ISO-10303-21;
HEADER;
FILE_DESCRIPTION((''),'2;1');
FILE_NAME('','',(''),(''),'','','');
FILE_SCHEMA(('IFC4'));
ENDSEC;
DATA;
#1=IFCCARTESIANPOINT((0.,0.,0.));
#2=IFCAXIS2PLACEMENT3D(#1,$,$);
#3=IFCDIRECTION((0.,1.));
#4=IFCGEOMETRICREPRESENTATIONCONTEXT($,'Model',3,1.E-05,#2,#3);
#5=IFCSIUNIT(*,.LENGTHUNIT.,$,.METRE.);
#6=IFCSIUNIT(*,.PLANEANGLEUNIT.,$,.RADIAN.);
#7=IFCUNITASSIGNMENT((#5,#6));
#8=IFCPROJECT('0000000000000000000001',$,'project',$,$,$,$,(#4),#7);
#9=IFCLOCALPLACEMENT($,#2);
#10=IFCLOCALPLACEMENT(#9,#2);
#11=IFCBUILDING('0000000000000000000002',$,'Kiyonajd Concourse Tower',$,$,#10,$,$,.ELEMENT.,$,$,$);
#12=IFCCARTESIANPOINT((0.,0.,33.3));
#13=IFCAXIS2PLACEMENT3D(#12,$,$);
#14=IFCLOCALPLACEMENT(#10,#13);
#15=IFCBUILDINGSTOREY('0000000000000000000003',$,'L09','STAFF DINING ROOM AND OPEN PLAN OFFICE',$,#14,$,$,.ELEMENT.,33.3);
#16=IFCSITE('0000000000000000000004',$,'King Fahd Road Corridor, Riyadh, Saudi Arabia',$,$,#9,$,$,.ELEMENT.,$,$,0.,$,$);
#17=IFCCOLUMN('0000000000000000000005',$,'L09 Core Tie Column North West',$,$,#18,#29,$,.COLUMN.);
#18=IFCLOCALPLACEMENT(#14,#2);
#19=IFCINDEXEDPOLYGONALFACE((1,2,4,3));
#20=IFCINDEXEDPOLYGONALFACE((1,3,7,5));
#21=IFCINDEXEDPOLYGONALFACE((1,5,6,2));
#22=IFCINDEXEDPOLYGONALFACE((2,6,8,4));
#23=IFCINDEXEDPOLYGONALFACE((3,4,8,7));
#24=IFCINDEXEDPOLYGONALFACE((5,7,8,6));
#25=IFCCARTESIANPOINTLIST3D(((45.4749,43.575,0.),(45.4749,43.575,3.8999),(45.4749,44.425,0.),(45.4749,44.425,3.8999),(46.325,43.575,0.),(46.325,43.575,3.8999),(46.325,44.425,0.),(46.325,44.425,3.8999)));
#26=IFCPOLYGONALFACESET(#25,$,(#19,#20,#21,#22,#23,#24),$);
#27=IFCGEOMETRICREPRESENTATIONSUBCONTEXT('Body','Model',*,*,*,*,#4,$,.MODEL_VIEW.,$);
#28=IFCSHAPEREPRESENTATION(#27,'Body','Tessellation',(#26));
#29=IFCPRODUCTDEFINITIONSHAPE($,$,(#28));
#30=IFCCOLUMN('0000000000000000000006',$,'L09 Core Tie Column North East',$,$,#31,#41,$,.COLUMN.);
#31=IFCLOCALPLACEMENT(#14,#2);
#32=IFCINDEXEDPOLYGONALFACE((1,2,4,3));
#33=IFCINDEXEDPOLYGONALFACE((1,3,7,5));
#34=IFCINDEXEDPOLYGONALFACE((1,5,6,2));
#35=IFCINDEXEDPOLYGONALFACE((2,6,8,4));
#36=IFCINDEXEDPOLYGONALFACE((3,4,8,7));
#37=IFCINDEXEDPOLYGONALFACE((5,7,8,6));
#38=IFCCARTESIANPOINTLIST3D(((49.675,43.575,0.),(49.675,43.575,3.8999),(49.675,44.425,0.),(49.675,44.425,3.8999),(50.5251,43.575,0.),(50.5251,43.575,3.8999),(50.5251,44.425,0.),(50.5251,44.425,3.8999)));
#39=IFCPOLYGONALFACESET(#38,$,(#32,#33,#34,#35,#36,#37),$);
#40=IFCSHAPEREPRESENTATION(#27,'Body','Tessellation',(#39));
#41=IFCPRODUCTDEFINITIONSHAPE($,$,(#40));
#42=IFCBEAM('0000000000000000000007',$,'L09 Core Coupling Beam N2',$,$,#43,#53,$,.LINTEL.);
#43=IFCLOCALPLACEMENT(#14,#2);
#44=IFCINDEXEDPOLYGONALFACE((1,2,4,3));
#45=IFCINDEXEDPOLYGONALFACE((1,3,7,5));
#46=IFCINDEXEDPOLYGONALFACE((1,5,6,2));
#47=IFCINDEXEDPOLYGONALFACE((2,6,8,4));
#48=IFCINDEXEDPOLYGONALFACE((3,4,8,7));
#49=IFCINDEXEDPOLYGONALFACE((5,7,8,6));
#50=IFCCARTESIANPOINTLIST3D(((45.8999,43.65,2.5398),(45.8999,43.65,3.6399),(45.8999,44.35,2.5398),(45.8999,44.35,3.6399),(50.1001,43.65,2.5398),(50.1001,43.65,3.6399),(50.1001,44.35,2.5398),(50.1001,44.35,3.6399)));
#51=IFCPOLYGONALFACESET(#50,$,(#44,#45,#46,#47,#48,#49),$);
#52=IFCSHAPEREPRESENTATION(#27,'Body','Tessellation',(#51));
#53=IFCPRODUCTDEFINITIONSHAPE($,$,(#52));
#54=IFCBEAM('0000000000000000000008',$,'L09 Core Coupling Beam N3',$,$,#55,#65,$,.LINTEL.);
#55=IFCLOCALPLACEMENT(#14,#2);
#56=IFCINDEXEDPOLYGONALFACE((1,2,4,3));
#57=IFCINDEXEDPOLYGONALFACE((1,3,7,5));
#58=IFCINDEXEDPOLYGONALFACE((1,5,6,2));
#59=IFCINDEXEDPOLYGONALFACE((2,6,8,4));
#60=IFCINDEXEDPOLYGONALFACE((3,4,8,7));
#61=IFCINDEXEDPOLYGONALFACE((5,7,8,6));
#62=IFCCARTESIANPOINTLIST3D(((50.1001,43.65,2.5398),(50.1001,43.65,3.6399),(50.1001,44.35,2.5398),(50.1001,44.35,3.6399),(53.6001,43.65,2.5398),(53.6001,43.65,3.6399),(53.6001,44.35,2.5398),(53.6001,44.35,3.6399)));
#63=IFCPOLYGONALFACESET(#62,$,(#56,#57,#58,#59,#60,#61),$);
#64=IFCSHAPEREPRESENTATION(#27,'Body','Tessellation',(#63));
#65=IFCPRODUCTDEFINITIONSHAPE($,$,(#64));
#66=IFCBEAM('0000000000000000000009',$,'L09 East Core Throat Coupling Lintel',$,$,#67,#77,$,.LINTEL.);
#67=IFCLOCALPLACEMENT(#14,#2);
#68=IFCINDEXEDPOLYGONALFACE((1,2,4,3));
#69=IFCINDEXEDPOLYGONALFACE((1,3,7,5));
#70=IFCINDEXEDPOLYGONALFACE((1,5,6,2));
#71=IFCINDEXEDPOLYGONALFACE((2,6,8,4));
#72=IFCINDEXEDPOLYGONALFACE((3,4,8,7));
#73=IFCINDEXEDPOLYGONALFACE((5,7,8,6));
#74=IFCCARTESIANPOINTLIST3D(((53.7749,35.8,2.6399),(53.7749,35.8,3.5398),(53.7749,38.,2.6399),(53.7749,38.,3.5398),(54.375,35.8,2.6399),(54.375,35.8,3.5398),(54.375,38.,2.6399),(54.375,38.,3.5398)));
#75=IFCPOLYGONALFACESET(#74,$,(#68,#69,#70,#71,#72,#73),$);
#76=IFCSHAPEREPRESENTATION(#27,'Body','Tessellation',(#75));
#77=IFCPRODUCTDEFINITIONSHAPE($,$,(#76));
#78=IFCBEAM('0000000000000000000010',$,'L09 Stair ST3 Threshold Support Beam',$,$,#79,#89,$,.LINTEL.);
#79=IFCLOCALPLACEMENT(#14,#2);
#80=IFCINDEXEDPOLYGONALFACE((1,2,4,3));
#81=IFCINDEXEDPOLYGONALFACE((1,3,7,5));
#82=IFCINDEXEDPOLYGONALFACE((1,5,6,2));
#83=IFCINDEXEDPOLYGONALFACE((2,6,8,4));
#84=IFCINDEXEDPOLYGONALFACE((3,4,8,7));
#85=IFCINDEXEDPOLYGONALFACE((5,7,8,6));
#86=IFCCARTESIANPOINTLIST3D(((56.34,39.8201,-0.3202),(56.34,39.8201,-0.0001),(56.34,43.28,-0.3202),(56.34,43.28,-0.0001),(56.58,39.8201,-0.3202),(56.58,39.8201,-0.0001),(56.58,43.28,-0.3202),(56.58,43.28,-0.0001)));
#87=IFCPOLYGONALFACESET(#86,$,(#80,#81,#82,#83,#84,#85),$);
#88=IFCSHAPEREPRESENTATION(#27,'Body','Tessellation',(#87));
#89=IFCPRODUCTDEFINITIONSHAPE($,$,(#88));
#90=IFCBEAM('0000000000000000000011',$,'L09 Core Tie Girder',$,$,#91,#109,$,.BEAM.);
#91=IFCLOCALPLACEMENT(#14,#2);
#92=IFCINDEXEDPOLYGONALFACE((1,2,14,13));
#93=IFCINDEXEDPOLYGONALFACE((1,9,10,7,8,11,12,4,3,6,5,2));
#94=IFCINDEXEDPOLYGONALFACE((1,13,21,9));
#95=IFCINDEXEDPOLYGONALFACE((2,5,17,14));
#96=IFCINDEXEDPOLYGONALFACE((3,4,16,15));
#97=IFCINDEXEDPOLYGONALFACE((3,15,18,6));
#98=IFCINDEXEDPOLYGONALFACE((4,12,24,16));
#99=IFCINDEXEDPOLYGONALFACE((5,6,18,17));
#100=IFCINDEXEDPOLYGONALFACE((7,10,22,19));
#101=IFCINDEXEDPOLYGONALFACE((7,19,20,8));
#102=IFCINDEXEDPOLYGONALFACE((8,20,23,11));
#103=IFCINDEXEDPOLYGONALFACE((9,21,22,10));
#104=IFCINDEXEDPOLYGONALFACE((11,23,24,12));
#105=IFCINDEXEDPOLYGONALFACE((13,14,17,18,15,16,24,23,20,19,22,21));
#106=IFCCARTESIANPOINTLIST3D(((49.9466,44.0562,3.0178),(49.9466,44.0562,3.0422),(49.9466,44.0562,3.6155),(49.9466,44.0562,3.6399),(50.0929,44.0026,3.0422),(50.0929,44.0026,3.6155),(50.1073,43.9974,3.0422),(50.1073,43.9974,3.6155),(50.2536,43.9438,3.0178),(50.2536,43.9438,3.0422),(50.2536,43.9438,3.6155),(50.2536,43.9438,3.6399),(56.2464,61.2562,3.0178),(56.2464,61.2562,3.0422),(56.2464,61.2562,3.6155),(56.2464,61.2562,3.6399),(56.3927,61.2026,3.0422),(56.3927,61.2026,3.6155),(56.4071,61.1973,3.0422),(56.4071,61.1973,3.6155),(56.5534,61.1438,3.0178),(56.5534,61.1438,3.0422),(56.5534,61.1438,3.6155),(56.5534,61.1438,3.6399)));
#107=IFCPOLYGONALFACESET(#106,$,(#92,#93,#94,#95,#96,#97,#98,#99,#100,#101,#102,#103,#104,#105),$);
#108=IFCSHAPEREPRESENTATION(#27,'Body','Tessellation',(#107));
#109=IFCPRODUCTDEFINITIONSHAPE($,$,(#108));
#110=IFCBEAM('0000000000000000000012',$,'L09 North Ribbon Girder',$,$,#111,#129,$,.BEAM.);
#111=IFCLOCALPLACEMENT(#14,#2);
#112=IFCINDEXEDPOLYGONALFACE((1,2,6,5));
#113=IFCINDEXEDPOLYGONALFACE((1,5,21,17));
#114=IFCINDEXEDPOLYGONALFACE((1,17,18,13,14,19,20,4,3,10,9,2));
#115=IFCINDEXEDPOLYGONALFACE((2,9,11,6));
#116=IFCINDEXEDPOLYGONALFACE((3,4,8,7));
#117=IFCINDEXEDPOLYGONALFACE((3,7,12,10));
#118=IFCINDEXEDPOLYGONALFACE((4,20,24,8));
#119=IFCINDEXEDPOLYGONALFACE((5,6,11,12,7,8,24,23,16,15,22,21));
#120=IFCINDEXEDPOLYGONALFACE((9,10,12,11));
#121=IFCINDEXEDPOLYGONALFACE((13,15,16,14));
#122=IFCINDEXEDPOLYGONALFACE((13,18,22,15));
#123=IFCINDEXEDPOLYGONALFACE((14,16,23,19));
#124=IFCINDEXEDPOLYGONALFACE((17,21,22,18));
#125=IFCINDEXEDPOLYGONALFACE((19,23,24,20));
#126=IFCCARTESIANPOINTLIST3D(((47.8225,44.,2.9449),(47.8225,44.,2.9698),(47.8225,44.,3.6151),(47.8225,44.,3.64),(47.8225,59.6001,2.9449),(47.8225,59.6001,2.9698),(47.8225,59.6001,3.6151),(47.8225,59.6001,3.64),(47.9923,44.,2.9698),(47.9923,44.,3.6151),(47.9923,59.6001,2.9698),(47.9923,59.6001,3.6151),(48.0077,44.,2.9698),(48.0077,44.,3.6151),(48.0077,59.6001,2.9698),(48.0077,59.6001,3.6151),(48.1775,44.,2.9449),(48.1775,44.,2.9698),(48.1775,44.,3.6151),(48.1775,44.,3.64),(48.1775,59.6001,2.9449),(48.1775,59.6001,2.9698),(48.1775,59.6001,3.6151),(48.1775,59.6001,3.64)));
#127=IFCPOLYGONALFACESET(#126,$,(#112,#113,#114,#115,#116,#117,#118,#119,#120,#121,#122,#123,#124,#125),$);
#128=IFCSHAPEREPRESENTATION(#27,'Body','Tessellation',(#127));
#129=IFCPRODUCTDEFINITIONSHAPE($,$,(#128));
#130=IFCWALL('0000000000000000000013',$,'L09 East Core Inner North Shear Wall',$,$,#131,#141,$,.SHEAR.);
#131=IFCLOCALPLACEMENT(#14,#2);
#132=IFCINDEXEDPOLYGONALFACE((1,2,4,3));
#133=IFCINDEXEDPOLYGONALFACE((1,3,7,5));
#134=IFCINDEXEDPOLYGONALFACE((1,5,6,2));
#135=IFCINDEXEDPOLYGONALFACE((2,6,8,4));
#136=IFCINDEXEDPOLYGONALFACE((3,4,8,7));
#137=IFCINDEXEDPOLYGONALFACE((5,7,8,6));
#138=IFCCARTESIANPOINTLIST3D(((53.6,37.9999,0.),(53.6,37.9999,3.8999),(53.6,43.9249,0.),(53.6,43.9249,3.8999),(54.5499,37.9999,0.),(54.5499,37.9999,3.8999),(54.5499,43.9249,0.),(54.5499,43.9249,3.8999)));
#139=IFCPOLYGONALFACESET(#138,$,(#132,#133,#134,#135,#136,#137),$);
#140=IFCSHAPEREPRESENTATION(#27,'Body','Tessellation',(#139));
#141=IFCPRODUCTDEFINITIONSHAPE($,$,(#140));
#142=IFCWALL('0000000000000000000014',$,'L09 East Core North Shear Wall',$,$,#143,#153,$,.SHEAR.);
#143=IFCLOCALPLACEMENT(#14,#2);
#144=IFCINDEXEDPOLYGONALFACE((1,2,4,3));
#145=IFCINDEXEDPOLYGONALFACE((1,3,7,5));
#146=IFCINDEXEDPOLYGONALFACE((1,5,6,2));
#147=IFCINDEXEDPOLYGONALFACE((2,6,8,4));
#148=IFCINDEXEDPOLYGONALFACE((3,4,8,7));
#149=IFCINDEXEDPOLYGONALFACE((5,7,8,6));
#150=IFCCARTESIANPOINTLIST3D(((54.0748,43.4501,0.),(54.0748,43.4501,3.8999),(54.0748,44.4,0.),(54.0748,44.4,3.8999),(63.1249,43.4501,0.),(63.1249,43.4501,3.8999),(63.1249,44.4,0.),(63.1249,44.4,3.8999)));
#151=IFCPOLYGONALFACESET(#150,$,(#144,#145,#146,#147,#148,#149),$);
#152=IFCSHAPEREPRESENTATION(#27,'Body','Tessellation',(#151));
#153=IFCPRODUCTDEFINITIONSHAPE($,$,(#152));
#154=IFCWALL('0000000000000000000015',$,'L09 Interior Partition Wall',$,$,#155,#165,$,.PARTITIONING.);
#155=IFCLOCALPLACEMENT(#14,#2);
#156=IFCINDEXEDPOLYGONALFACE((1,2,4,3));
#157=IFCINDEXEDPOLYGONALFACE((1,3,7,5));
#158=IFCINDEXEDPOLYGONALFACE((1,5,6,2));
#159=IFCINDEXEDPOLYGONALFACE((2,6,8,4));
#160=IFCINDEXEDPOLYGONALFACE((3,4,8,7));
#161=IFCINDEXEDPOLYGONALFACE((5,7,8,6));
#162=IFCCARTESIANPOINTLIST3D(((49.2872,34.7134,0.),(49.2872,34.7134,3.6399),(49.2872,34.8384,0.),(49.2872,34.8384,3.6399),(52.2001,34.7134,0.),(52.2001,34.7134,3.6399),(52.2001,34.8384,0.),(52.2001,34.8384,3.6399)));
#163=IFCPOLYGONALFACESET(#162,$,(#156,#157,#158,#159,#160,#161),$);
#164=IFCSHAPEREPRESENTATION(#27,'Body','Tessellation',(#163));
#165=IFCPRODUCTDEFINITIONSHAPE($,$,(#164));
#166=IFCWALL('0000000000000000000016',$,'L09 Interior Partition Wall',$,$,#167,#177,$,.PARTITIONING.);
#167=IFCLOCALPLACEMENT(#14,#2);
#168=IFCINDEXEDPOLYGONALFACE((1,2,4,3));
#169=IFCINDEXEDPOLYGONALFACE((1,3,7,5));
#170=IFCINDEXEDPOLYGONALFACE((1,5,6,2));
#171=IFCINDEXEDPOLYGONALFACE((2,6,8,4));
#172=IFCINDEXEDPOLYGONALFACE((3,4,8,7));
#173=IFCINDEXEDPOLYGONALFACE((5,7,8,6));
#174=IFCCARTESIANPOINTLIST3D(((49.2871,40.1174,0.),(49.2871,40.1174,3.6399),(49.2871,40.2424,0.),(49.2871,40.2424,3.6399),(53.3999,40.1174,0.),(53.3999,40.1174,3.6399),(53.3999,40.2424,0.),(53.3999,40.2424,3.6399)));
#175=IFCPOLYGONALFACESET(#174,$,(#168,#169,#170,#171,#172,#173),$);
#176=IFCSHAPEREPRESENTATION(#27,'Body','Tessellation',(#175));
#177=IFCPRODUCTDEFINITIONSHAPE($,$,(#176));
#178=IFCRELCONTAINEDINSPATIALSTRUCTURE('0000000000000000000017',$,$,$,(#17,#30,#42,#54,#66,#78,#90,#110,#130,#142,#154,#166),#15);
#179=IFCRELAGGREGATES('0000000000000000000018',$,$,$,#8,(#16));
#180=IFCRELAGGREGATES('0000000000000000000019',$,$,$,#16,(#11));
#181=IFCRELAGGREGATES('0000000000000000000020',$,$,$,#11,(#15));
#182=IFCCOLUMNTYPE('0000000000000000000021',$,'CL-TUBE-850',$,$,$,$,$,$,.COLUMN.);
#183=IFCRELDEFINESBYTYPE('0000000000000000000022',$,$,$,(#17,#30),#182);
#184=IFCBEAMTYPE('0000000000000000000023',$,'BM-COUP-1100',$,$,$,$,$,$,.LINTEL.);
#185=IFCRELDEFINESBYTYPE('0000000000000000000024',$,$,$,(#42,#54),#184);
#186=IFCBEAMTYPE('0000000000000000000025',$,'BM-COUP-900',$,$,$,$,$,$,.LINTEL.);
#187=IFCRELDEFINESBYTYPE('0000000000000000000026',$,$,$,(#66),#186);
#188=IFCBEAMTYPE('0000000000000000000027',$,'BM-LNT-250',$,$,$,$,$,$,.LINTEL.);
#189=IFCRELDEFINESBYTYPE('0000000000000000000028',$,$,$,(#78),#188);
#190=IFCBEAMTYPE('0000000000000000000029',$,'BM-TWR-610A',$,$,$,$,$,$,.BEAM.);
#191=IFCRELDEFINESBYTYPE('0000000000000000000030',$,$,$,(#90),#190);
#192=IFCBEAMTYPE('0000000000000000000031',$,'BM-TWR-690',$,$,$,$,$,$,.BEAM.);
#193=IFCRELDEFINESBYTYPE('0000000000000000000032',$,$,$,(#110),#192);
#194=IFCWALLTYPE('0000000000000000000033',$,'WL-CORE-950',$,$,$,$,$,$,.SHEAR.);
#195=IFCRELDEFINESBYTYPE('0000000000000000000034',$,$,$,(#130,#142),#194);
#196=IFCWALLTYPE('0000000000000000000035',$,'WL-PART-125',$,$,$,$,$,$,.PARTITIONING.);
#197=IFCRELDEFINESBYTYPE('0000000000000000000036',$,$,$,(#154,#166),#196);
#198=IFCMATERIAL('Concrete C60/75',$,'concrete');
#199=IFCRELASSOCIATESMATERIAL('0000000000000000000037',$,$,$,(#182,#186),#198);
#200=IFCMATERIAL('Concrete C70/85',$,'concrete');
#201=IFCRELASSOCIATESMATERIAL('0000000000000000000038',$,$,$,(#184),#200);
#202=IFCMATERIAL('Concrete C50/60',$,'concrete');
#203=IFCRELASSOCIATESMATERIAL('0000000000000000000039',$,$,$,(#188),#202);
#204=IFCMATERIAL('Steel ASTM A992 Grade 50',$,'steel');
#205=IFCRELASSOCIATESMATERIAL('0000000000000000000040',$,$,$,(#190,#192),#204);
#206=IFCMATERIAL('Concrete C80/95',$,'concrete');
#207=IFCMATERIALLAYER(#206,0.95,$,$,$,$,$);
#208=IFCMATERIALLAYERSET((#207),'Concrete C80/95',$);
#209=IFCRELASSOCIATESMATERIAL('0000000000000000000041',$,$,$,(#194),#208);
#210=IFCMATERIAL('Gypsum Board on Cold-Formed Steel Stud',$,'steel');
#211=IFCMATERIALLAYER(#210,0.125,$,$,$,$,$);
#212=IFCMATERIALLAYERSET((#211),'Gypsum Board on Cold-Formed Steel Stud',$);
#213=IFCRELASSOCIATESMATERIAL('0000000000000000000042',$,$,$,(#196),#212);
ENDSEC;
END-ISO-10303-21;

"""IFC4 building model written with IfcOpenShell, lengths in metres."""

from ifc_helpers import new_model, si_unit, direction, frame, frame_2d, origin, origin_2d, place, context, subcontext, project, spatial, rectangle, i_section, extrude, material, layer, layer_set, material_profile, profile_set, type_object, element, save


model = new_model("IFC4")

# Units and contexts
model_context = context("Model", 3, precision=1e-05, world=origin(), true_north=direction((0.0, 1.0)))
body_context = subcontext(model_context, "Body", "Model", "MODEL_VIEW")
ifc_project = project(units=[si_unit("LENGTHUNIT", "METRE"), si_unit("PLANEANGLEUNIT", "RADIAN")], contexts=[model_context])

# Site, building, storey
site_placement = place(None, origin())
site = spatial("IfcSite", under=ifc_project, at=site_placement, Name="King Fahd Road Corridor, Riyadh, Saudi Arabia", CompositionType="ELEMENT", RefElevation=0.0)
building_placement = place(site_placement, origin())
building = spatial("IfcBuilding", under=site, at=building_placement, Name="Kiyonajd Concourse Tower", CompositionType="ELEMENT")
storey_placement = place(building_placement, frame((0.0, 0.0, 33.3)))
storey = spatial("IfcBuildingStorey", under=building, at=storey_placement, Name="L09", Description="STAFF DINING ROOM AND OPEN PLAN OFFICE", CompositionType="ELEMENT", Elevation=33.3)

# Columns
ifc_material_1 = material(Name="Concrete C60/75", Category="concrete")
ifc_material_profile_1 = material_profile(ifc_material_1, rectangle(XDim=0.8501, YDim=0.8501, at=origin_2d()), Name="RC-850x850")
ifc_profile_set_1 = profile_set([ifc_material_profile_1], Name="Concrete C60/75")
column_type = type_object("IfcColumnType", Name="CL-TUBE-850", PredefinedType="COLUMN", material=ifc_profile_set_1)
for number, where, z_axis, x_axis, name in (
    (1, (45.8999, 44.0, 0.0), (0.0, 0.0, 1.0), (1.0, 0.0, 0.0), "L09 Core Tie Column North West"),
    (2, (50.1001, 44.0, 0.0), (0.0, 0.0, 1.0), (1.0, 0.0, 0.0), "L09 Core Tie Column North East"),
):
    element("IfcColumn", number, at=place(storey_placement, frame(where, z_axis=z_axis, x_axis=x_axis)), inside=storey, type_object=column_type, Name=name, PredefinedType="COLUMN", context=body_context, shape_type="SweptSolid", body=[
        extrude(rectangle(XDim=0.8501, YDim=0.8501, at=origin_2d()), origin(), (0.0, 0.0, 1.0), 3.8999),
    ])

# Beams
ifc_material_2 = material(Name="Concrete C70/85", Category="concrete")
ifc_material_profile_2 = material_profile(ifc_material_2, rectangle(XDim=0.7, YDim=1.1001, at=origin_2d()), Name="RCBM-700x1100")
ifc_profile_set_2 = profile_set([ifc_material_profile_2], Name="Concrete C70/85")
beam_type_1 = type_object("IfcBeamType", Name="BM-COUP-1100", PredefinedType="LINTEL", material=ifc_profile_set_2)
beam_1_placement = place(storey_placement, frame((45.8999, 44.0, 3.0898), z_axis=(1.0, 0.0, 0.0), x_axis=(0.0, 1.0, 0.0)))
element("IfcBeam", 3, at=beam_1_placement, inside=storey, type_object=beam_type_1, Name="L09 Core Coupling Beam N2", PredefinedType="LINTEL", context=body_context, shape_type="SweptSolid", body=[
    extrude(rectangle(XDim=0.7, YDim=1.1001, at=origin_2d()), origin(), (0.0, 0.0, 1.0), 4.2002),
])
beam_2_placement = place(storey_placement, frame((50.1001, 44.0, 3.0898), z_axis=(1.0, 0.0, 0.0), x_axis=(0.0, 1.0, 0.0)))
element("IfcBeam", 4, at=beam_2_placement, inside=storey, type_object=beam_type_1, Name="L09 Core Coupling Beam N3", PredefinedType="LINTEL", context=body_context, shape_type="SweptSolid", body=[
    extrude(rectangle(XDim=0.7, YDim=1.1001, at=origin_2d()), origin(), (0.0, 0.0, 1.0), 3.5),
])
ifc_material_profile_3 = material_profile(ifc_material_1, rectangle(XDim=0.6001, YDim=0.8999, at=origin_2d()), Name="RCBM-600x900")
ifc_profile_set_3 = profile_set([ifc_material_profile_3], Name="Concrete C60/75")
beam_type_2 = type_object("IfcBeamType", Name="BM-COUP-900", PredefinedType="LINTEL", material=ifc_profile_set_3)
beam_3_placement = place(storey_placement, frame((54.075, 35.8, 3.0898), z_axis=(0.0, 1.0, 0.0), x_axis=(-1.0, 0.0, 0.0)))
element("IfcBeam", 5, at=beam_3_placement, inside=storey, type_object=beam_type_2, Name="L09 East Core Throat Coupling Lintel", PredefinedType="LINTEL", context=body_context, shape_type="SweptSolid", body=[
    extrude(rectangle(XDim=0.6001, YDim=0.8999, at=origin_2d()), origin(), (0.0, 0.0, 1.0), 2.2),
])
ifc_material_3 = material(Name="Concrete C50/60", Category="concrete")
ifc_material_profile_4 = material_profile(ifc_material_3, rectangle(XDim=0.24, YDim=0.3201, at=origin_2d()), Name="RCBM-240x320")
ifc_profile_set_4 = profile_set([ifc_material_profile_4], Name="Concrete C50/60")
beam_type_3 = type_object("IfcBeamType", Name="BM-LNT-250", PredefinedType="LINTEL", material=ifc_profile_set_4)
beam_4_placement = place(storey_placement, frame((56.46, 39.8201, -0.1602), z_axis=(0.0, 1.0, 0.0), x_axis=(-1.0, 0.0, 0.0)))
element("IfcBeam", 6, at=beam_4_placement, inside=storey, type_object=beam_type_3, Name="L09 Stair ST3 Threshold Support Beam", PredefinedType="LINTEL", context=body_context, shape_type="SweptSolid", body=[
    extrude(rectangle(XDim=0.24, YDim=0.3201, at=origin_2d()), origin(), (0.0, 0.0, 1.0), 3.46),
])
ifc_material_4 = material(Name="Steel ASTM A992 Grade 50", Category="steel")
ifc_material_profile_5 = material_profile(ifc_material_4, i_section(OverallWidth=0.3269, OverallDepth=0.6221, WebThickness=0.0154, FlangeThickness=0.0244, at=origin_2d()), Name="W610X195")
ifc_profile_set_5 = profile_set([ifc_material_profile_5], Name="Steel ASTM A992 Grade 50")
beam_type_4 = type_object("IfcBeamType", Name="BM-TWR-610A", PredefinedType="BEAM", material=ifc_profile_set_5)
beam_5_placement = place(storey_placement, frame((50.1001, 44.0, 3.3289), z_axis=(0.343925, 0.938997, 0.0), x_axis=(-0.938997, 0.343925, 0.0)))
element("IfcBeam", 7, at=beam_5_placement, inside=storey, type_object=beam_type_4, Name="L09 Core Tie Girder", PredefinedType="BEAM", context=body_context, shape_type="SweptSolid", body=[
    extrude(i_section(OverallWidth=0.3269, OverallDepth=0.6221, WebThickness=0.0154, FlangeThickness=0.0244, at=origin_2d()), origin(), (0.0, 0.0, 1.0), 18.3174),
])
ifc_material_profile_6 = material_profile(ifc_material_4, i_section(OverallWidth=0.355, OverallDepth=0.6951, WebThickness=0.0154, FlangeThickness=0.0249, at=origin_2d()), Name="W690X217")
ifc_profile_set_6 = profile_set([ifc_material_profile_6], Name="Steel ASTM A992 Grade 50")
beam_type_5 = type_object("IfcBeamType", Name="BM-TWR-690", PredefinedType="BEAM", material=ifc_profile_set_6)
beam_6_placement = place(storey_placement, frame((48.0, 44.0, 3.2925), z_axis=(0.0, 1.0, 0.0), x_axis=(-1.0, 0.0, 0.0)))
element("IfcBeam", 8, at=beam_6_placement, inside=storey, type_object=beam_type_5, Name="L09 North Ribbon Girder", PredefinedType="BEAM", context=body_context, shape_type="SweptSolid", body=[
    extrude(i_section(OverallWidth=0.355, OverallDepth=0.6951, WebThickness=0.0154, FlangeThickness=0.0249, at=origin_2d()), origin(), (0.0, 0.0, 1.0), 15.6001),
])

# Walls
ifc_material_5 = material(Name="Concrete C80/95", Category="concrete")
ifc_layer_1 = layer(ifc_material_5, 0.95)
ifc_layer_set_1 = layer_set([ifc_layer_1], Name="Concrete C80/95")
wall_type_1 = type_object("IfcWallType", Name="WL-CORE-950", PredefinedType="SHEAR", material=ifc_layer_set_1)
wall_1_placement = place(storey_placement, frame((54.075, 38.0, 0.0), z_axis=(0.0, 0.0, 1.0), x_axis=(0.0, 1.0, 0.0)))
element("IfcWall", 9, at=wall_1_placement, inside=storey, type_object=wall_type_1, Name="L09 East Core Inner North Shear Wall", PredefinedType="SHEAR", context=body_context, shape_type="SweptSolid", body=[
    extrude(rectangle(XDim=5.925, YDim=0.95, at=frame_2d((2.9624, 0.0))), origin(), (0.0, 0.0, 1.0), 3.8999),
])
wall_2_placement = place(storey_placement, frame((54.075, 43.925, 0.0), z_axis=(0.0, 0.0, 1.0), x_axis=(1.0, 0.0, 0.0)))
element("IfcWall", 10, at=wall_2_placement, inside=storey, type_object=wall_type_1, Name="L09 East Core North Shear Wall", PredefinedType="SHEAR", context=body_context, shape_type="SweptSolid", body=[
    extrude(rectangle(XDim=9.05, YDim=0.95, at=frame_2d((4.5249, 0.0))), origin(), (0.0, 0.0, 1.0), 3.8999),
])
ifc_material_6 = material(Name="Gypsum Board on Cold-Formed Steel Stud", Category="steel")
ifc_layer_2 = layer(ifc_material_6, 0.125)
ifc_layer_set_2 = layer_set([ifc_layer_2], Name="Gypsum Board on Cold-Formed Steel Stud")
wall_type_2 = type_object("IfcWallType", Name="WL-PART-125", PredefinedType="PARTITIONING", material=ifc_layer_set_2)
wall_3_placement = place(storey_placement, frame((49.2871, 34.7759, 0.0), z_axis=(0.0, 0.0, 1.0), x_axis=(1.0, 0.0, 0.0)))
element("IfcWall", 11, at=wall_3_placement, inside=storey, type_object=wall_type_2, Name="L09 Interior Partition Wall", PredefinedType="PARTITIONING", context=body_context, shape_type="SweptSolid", body=[
    extrude(rectangle(XDim=2.9128, YDim=0.125, at=frame_2d((1.4565, 0.0))), origin(), (0.0, 0.0, 1.0), 3.6399),
])
wall_4_placement = place(storey_placement, frame((49.2871, 40.1799, 0.0), z_axis=(0.0, 0.0, 1.0), x_axis=(1.0, 0.0, 0.0)))
element("IfcWall", 12, at=wall_4_placement, inside=storey, type_object=wall_type_2, Name="L09 Interior Partition Wall", PredefinedType="PARTITIONING", context=body_context, shape_type="SweptSolid", body=[
    extrude(rectangle(XDim=4.1128, YDim=0.125, at=frame_2d((2.0564, 0.0))), origin(), (0.0, 0.0, 1.0), 3.6399),
])

save(model, "model.ifc")
